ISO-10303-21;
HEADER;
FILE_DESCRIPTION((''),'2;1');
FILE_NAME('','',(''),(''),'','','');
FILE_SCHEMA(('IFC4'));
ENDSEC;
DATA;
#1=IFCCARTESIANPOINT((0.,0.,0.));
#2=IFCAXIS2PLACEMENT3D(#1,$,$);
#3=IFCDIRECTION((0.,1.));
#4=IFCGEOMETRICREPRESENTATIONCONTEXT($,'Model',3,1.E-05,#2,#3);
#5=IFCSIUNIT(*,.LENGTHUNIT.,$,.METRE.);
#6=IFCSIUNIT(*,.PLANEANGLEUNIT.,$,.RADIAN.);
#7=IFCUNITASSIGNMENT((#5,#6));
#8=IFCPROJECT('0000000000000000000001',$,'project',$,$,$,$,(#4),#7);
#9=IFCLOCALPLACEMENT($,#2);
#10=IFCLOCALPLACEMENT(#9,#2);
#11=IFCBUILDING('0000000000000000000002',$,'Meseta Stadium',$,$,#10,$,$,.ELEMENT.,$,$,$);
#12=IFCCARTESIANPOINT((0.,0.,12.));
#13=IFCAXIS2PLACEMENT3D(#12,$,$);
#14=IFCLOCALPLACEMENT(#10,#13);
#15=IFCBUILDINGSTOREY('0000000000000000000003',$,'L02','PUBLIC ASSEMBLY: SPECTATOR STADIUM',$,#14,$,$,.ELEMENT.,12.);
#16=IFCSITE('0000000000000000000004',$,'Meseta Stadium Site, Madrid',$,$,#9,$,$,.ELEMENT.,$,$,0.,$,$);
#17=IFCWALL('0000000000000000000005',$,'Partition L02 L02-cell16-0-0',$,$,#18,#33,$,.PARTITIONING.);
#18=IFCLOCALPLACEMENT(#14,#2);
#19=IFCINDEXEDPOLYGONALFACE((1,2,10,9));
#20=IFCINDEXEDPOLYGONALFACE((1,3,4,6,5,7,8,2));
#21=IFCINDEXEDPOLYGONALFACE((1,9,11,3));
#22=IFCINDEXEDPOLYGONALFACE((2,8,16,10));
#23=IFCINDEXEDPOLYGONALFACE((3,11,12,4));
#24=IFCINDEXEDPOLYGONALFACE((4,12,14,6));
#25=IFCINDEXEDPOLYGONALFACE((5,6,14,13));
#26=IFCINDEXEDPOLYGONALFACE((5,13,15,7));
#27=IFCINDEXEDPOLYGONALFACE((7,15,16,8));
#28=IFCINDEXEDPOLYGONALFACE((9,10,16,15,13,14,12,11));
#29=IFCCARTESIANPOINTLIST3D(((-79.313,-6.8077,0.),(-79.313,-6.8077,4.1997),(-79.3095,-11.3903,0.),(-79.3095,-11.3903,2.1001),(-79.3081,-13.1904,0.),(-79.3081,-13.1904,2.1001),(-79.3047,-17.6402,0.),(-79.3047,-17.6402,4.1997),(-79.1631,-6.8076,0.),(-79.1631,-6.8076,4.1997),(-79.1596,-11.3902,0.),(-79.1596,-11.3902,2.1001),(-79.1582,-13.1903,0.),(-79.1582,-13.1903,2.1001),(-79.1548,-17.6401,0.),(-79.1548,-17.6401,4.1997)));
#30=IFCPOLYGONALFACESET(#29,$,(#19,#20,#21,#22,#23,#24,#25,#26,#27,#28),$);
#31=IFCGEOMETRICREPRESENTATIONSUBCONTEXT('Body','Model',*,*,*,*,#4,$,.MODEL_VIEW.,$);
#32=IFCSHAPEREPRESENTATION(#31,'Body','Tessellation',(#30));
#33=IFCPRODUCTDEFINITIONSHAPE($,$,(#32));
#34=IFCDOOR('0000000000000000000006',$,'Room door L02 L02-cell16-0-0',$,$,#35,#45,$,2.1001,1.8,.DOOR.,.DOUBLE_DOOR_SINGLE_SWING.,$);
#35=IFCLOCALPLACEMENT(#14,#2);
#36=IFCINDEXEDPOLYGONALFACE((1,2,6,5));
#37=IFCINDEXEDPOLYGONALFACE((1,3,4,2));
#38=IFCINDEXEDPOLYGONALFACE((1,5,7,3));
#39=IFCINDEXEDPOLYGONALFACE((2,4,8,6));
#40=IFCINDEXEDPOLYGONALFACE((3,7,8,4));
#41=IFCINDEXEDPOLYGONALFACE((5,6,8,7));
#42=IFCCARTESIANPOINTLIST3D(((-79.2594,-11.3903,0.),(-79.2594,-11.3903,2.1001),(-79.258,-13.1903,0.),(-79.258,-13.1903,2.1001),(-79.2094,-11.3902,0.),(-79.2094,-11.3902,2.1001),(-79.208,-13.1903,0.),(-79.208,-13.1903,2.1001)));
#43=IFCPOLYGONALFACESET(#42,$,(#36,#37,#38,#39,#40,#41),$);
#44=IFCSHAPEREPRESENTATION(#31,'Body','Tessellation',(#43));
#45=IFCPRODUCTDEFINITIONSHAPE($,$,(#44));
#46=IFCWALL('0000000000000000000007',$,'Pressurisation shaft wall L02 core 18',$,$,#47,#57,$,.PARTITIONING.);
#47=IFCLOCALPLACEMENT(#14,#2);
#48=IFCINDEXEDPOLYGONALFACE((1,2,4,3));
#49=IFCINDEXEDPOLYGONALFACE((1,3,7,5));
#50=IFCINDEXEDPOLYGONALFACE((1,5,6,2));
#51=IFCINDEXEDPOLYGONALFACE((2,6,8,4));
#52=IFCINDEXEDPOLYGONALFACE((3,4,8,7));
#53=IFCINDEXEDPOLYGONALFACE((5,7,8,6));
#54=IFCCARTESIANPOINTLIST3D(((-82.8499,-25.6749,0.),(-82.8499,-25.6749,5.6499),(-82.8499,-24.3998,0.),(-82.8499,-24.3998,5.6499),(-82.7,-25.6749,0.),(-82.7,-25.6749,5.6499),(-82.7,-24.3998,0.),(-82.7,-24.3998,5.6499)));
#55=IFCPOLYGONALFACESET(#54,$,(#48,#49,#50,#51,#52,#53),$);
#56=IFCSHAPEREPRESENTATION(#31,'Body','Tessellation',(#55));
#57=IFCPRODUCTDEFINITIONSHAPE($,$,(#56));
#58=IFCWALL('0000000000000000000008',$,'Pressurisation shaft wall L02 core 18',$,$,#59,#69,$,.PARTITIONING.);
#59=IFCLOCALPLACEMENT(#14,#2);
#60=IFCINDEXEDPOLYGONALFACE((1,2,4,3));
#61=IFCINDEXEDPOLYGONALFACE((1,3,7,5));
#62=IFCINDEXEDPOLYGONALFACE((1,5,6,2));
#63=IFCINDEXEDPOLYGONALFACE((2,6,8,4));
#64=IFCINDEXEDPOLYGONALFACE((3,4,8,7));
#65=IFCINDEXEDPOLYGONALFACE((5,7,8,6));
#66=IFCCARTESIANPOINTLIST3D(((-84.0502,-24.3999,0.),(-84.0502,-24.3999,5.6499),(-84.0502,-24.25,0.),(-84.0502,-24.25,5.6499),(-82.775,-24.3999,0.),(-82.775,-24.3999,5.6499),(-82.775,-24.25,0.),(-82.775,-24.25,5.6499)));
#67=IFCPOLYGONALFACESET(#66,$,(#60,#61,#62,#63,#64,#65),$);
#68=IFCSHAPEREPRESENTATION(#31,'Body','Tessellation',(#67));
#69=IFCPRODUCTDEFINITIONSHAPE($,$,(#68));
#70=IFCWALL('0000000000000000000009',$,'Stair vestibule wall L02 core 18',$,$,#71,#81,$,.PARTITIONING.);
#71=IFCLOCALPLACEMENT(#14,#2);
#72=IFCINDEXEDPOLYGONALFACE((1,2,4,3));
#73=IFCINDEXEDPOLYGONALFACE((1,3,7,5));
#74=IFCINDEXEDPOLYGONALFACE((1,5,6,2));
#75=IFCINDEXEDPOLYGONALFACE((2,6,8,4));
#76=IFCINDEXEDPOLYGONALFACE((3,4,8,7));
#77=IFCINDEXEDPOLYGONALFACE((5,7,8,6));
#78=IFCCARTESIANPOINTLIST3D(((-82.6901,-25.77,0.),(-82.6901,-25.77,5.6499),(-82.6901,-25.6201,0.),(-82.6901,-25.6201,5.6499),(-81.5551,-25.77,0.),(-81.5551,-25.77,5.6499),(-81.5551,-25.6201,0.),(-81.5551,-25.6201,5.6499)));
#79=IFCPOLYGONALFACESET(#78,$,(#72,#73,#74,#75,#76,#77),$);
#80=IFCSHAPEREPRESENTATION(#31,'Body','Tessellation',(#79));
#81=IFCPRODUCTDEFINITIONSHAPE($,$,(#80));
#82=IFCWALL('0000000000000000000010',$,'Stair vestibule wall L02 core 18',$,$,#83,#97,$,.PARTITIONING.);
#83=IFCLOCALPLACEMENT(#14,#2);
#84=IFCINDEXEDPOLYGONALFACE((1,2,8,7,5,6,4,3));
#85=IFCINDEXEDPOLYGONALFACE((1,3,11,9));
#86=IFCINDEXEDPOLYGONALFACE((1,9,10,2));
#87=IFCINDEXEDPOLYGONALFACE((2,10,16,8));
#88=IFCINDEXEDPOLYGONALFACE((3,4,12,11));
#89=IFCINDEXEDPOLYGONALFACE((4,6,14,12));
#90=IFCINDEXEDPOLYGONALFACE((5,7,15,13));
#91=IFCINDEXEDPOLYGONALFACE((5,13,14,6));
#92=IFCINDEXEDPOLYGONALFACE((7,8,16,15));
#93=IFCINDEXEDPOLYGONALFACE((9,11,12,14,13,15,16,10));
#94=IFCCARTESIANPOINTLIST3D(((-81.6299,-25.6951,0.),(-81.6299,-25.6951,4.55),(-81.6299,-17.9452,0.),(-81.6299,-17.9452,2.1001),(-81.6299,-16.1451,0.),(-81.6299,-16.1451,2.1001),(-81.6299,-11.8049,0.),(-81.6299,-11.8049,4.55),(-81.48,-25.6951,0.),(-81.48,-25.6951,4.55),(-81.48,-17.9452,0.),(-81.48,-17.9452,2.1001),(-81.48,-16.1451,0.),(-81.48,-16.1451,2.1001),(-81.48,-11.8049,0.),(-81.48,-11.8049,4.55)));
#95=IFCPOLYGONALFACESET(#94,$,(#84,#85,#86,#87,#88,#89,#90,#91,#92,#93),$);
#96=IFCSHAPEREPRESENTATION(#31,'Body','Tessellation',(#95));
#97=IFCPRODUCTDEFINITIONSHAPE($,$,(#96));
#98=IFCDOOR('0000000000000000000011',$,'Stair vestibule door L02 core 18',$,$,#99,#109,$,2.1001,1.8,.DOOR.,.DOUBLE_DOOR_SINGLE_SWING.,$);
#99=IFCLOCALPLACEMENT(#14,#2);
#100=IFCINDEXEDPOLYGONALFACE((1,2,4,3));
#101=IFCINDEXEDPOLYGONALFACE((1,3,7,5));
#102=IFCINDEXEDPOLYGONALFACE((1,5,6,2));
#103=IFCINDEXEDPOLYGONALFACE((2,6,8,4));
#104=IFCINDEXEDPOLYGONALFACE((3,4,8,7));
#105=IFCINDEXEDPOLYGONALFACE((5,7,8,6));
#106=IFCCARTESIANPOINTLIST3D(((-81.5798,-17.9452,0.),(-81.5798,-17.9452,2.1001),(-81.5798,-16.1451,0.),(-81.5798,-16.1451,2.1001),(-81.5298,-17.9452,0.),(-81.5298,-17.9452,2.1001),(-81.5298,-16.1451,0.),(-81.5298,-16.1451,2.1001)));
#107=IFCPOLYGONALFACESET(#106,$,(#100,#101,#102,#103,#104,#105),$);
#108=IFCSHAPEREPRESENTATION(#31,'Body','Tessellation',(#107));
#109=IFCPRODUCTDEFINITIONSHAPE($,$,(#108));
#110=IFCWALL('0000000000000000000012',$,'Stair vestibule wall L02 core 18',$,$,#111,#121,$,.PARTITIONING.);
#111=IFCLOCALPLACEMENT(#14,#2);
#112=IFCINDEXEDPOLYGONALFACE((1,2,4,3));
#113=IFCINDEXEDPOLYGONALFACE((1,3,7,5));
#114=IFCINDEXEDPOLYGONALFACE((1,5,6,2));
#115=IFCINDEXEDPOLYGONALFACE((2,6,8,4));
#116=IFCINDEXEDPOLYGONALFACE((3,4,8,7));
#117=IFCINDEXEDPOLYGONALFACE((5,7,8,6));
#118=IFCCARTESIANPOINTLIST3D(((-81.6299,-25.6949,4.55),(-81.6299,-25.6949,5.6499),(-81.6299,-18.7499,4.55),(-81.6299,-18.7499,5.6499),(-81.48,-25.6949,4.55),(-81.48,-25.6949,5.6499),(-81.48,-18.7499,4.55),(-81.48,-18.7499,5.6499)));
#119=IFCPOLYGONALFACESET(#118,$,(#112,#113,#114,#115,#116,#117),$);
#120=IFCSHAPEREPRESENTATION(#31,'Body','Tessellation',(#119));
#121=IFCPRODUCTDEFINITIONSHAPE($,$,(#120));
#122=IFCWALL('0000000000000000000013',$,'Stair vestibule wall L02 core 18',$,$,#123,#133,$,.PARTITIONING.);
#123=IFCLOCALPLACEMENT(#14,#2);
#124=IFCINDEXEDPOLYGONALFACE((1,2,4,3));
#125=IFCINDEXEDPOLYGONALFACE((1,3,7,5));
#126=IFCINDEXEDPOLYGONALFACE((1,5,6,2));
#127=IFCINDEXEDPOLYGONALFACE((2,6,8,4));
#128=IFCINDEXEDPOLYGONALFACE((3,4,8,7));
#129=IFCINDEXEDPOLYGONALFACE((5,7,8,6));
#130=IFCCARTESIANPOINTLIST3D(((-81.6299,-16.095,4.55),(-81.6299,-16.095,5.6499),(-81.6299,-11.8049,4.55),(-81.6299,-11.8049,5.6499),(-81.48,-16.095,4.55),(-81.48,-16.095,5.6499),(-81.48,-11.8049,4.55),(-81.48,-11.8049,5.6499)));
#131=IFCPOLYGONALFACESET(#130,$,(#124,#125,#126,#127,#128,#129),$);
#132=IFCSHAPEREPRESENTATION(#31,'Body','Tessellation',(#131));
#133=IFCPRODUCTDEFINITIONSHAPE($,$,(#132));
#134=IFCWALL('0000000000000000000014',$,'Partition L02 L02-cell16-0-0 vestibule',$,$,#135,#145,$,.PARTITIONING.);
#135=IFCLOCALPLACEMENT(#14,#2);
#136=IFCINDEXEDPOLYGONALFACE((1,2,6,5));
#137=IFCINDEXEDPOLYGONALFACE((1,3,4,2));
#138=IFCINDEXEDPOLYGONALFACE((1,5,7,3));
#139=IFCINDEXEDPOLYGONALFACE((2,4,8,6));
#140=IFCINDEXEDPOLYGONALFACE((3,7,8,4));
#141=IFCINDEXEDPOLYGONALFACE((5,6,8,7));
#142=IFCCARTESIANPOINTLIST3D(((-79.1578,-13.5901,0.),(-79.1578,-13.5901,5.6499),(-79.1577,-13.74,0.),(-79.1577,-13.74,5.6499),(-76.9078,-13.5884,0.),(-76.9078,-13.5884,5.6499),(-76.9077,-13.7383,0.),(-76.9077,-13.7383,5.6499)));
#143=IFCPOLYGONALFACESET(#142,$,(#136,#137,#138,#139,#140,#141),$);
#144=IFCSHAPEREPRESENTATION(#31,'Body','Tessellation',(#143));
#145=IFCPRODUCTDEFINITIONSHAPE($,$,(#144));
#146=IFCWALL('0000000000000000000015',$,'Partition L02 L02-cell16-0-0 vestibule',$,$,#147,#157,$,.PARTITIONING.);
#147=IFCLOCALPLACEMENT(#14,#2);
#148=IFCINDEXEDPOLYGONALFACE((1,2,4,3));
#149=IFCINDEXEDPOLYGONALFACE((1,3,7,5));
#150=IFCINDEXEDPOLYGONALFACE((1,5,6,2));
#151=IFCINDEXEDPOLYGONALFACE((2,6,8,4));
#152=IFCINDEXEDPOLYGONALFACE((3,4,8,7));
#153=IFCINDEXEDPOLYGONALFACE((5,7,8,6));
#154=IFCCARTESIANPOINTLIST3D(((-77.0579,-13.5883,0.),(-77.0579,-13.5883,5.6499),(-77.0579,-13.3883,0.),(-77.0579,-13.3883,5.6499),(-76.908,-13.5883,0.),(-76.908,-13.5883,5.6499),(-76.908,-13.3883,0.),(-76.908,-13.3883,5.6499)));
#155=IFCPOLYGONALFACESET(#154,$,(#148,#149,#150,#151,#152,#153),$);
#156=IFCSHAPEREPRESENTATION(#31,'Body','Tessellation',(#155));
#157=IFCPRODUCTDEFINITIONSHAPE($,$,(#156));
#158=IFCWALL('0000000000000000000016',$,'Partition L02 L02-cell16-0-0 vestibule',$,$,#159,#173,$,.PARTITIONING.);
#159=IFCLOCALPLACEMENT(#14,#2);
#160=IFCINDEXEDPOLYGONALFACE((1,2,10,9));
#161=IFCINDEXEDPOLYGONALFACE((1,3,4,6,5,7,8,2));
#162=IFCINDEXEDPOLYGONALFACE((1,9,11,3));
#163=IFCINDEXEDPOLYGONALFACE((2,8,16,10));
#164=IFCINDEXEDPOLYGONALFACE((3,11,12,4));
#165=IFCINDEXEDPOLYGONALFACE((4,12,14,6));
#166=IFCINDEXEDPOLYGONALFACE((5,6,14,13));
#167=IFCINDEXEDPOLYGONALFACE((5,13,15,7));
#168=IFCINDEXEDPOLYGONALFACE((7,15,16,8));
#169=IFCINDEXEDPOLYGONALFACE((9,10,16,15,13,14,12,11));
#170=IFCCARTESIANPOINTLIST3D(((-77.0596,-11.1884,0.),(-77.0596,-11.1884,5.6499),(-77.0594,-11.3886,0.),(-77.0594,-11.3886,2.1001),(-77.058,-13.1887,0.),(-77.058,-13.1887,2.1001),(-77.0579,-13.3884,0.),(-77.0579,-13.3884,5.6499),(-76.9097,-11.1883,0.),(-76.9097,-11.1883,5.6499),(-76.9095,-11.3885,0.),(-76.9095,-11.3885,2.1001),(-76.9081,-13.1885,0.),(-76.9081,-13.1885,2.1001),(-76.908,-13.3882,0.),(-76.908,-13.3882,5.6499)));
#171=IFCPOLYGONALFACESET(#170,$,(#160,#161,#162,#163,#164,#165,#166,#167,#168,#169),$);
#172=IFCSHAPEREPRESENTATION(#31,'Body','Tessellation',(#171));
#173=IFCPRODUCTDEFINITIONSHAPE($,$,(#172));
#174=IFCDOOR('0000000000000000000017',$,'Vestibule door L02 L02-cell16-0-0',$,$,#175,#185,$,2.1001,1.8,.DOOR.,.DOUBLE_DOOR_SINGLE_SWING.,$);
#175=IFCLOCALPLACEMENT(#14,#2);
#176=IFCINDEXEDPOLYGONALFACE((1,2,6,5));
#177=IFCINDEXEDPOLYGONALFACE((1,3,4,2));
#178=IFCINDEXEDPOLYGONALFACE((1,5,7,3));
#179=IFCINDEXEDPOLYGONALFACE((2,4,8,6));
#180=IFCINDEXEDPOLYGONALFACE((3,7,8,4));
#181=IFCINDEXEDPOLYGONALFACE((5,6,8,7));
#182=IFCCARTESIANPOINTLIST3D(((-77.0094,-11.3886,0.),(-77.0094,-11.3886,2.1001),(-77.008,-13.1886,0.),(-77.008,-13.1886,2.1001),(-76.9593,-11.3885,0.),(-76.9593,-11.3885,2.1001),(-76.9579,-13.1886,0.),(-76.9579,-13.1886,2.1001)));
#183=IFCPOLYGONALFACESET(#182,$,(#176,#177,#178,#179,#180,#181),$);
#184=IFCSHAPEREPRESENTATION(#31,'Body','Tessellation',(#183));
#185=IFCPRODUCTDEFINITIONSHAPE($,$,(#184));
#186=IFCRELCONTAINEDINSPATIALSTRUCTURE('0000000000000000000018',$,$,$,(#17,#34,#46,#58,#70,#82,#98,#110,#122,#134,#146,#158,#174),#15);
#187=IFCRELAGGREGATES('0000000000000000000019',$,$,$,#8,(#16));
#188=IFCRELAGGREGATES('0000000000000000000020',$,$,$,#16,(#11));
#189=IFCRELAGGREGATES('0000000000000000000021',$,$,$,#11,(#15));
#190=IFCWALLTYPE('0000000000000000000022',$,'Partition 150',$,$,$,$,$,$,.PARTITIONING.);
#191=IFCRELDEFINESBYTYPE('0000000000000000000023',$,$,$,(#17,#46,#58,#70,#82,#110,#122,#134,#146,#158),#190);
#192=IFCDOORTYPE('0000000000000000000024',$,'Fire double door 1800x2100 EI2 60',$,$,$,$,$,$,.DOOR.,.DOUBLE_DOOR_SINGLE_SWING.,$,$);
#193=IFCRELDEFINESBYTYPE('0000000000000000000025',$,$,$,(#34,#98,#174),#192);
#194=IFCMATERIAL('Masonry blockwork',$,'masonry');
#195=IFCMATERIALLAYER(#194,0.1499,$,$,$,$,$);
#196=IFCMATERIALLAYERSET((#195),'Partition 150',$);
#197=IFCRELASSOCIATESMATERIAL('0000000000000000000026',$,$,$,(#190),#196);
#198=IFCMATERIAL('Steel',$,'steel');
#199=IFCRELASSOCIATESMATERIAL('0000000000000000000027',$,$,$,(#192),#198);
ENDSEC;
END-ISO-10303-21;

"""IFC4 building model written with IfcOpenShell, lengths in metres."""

from ifc_helpers import new_model, si_unit, direction, frame, frame_2d, origin, place, context, subcontext, project, spatial, rectangle, extrude, material, layer, layer_set, type_object, element, fill, save


model = new_model("IFC4")

# Units and contexts
model_context = context("Model", 3, precision=1e-05, world=origin(), true_north=direction((0.0, 1.0)))
body_context = subcontext(model_context, "Body", "Model", "MODEL_VIEW")
ifc_project = project(units=[si_unit("LENGTHUNIT", "METRE"), si_unit("PLANEANGLEUNIT", "RADIAN")], contexts=[model_context])

# Site, building, storey
site_placement = place(None, origin())
site = spatial("IfcSite", under=ifc_project, at=site_placement, Name="Meseta Stadium Site, Madrid", CompositionType="ELEMENT", RefElevation=0.0)
building_placement = place(site_placement, origin())
building = spatial("IfcBuilding", under=site, at=building_placement, Name="Meseta Stadium", CompositionType="ELEMENT")
storey_placement = place(building_placement, frame((0.0, 0.0, 12.0)))
storey = spatial("IfcBuildingStorey", under=building, at=storey_placement, Name="L02", Description="PUBLIC ASSEMBLY: SPECTATOR STADIUM", CompositionType="ELEMENT", Elevation=12.0)

# Wall, opening, door
ifc_material_1 = material(Name="Masonry blockwork", Category="masonry")
ifc_layer_1 = layer(ifc_material_1, 0.1499)
ifc_layer_set_1 = layer_set([ifc_layer_1], Name="Partition 150")
wall_type = type_object("IfcWallType", Name="Partition 150", PredefinedType="PARTITIONING", material=ifc_layer_set_1)
wall_1_placement = place(storey_placement, frame((-79.2297, -17.6401, 0.0), z_axis=(0.0, 0.0, 1.0), x_axis=(-0.000766, 1.0, 0.0)))
wall_1 = element("IfcWall", 1, at=wall_1_placement, inside=storey, type_object=wall_type, Name="Partition L02 L02-cell16-0-0", PredefinedType="PARTITIONING", context=body_context, shape_type="SweptSolid", body=[
    extrude(rectangle(XDim=10.8325, YDim=0.1499, at=frame_2d((5.4163, 0.0))), origin(), (0.0, 0.0, 1.0), 4.1997),
])
opening_1_placement = place(wall_1_placement, frame((4.45, 0.0, 0.0)))
opening_1 = element("IfcOpeningElement", 2, at=opening_1_placement, cuts=wall_1, PredefinedType="OPENING", context=body_context, shape_type="SweptSolid", body=[
    extrude(rectangle(XDim=1.8, YDim=2.1001, at=frame_2d((0.8999, 1.05))), frame((0.0, 0.085, 0.0), z_axis=(0.0, -1.0, 0.0), x_axis=(1.0, 0.0, 0.0)), (0.0, 0.0, 1.0), 0.1699),
])
ifc_material_2 = material(Name="Steel", Category="steel")
door_type = type_object("IfcDoorType", Name="Fire double door 1800x2100 EI2 60", OperationType="DOUBLE_DOOR_SINGLE_SWING", PredefinedType="DOOR", material=ifc_material_2)
door_1_placement = place(opening_1_placement, origin())
door_1 = element("IfcDoor", 3, at=door_1_placement, inside=storey, type_object=door_type, Name="Room door L02 L02-cell16-0-0", OperationType="DOUBLE_DOOR_SINGLE_SWING", OverallHeight=2.1001, OverallWidth=1.8, PredefinedType="DOOR", context=body_context, shape_type="SweptSolid", body=[
    extrude(rectangle(XDim=1.8, YDim=2.1001, at=frame_2d((0.8999, 1.05))), frame((0.0, 0.0249, 0.0), z_axis=(0.0, -1.0, 0.0), x_axis=(1.0, 0.0, 0.0)), (0.0, 0.0, 1.0), 0.05),
])
fill(opening_1, door_1)

# Walls
for number, where, z_axis, x_axis, name in (
    (4, (-82.7749, -25.675, 0.0), (0.0, 0.0, 1.0), (0.0, 1.0, 0.0), "Pressurisation shaft wall L02 core 18"),
    (5, (-82.7749, -24.325, 0.0), (0.0, 0.0, 1.0), (-1.0, 0.0, 0.0), "Pressurisation shaft wall L02 core 18"),
):
    element("IfcWall", number, at=place(storey_placement, frame(where, z_axis=z_axis, x_axis=x_axis)), inside=storey, type_object=wall_type, Name=name, PredefinedType="PARTITIONING", context=body_context, shape_type="SweptSolid", body=[
        extrude(rectangle(XDim=1.2751, YDim=0.1499, at=frame_2d((0.6377, 0.0))), origin(), (0.0, 0.0, 1.0), 5.6499),
    ])
wall_2_placement = place(storey_placement, frame((-82.6899, -25.6951, 0.0), z_axis=(0.0, 0.0, 1.0), x_axis=(1.0, 0.0, 0.0)))
element("IfcWall", 6, at=wall_2_placement, inside=storey, type_object=wall_type, Name="Stair vestibule wall L02 core 18", PredefinedType="PARTITIONING", context=body_context, shape_type="SweptSolid", body=[
    extrude(rectangle(XDim=1.135, YDim=0.1499, at=frame_2d((0.5674, 0.0))), origin(), (0.0, 0.0, 1.0), 5.6499),
])

# Wall, opening, door
wall_3_placement = place(storey_placement, frame((-81.5549, -25.6951, 0.0), z_axis=(0.0, 0.0, 1.0), x_axis=(0.0, 1.0, 0.0)))
wall_3 = element("IfcWall", 7, at=wall_3_placement, inside=storey, type_object=wall_type, Name="Stair vestibule wall L02 core 18", PredefinedType="PARTITIONING", context=body_context, shape_type="SweptSolid", body=[
    extrude(rectangle(XDim=13.8901, YDim=0.1499, at=frame_2d((6.9451, 0.0))), origin(), (0.0, 0.0, 1.0), 4.55),
])
opening_2_placement = place(wall_3_placement, frame((7.75, 0.0, 0.0)))
opening_2 = element("IfcOpeningElement", 8, at=opening_2_placement, cuts=wall_3, PredefinedType="OPENING", context=body_context, shape_type="SweptSolid", body=[
    extrude(rectangle(XDim=1.8, YDim=2.1001, at=frame_2d((0.8999, 1.05))), frame((0.0, 0.085, 0.0), z_axis=(0.0, -1.0, 0.0), x_axis=(1.0, 0.0, 0.0)), (0.0, 0.0, 1.0), 0.1699),
])
door_2_placement = place(opening_2_placement, origin())
door_2 = element("IfcDoor", 9, at=door_2_placement, inside=storey, type_object=door_type, Name="Stair vestibule door L02 core 18", OperationType="DOUBLE_DOOR_SINGLE_SWING", OverallHeight=2.1001, OverallWidth=1.8, PredefinedType="DOOR", context=body_context, shape_type="SweptSolid", body=[
    extrude(rectangle(XDim=1.8, YDim=2.1001, at=frame_2d((0.8999, 1.05))), frame((0.0, 0.0249, 0.0), z_axis=(0.0, -1.0, 0.0), x_axis=(1.0, 0.0, 0.0)), (0.0, 0.0, 1.0), 0.05),
])
fill(opening_2, door_2)

# Walls
wall_4_placement = place(storey_placement, frame((-81.5549, -25.6951, 4.55), z_axis=(0.0, 0.0, 1.0), x_axis=(0.0, 1.0, 0.0)))
element("IfcWall", 10, at=wall_4_placement, inside=storey, type_object=wall_type, Name="Stair vestibule wall L02 core 18", PredefinedType="PARTITIONING", context=body_context, shape_type="SweptSolid", body=[
    extrude(rectangle(XDim=6.9451, YDim=0.1499, at=frame_2d((3.4727, 0.0))), origin(), (0.0, 0.0, 1.0), 1.0999),
])
wall_5_placement = place(storey_placement, frame((-81.5549, -16.095, 4.55), z_axis=(0.0, 0.0, 1.0), x_axis=(0.0, 1.0, 0.0)))
element("IfcWall", 11, at=wall_5_placement, inside=storey, type_object=wall_type, Name="Stair vestibule wall L02 core 18", PredefinedType="PARTITIONING", context=body_context, shape_type="SweptSolid", body=[
    extrude(rectangle(XDim=4.29, YDim=0.1499, at=frame_2d((2.145, 0.0))), origin(), (0.0, 0.0, 1.0), 1.0999),
])
wall_6_placement = place(storey_placement, frame((-79.1577, -13.665, 0.0), z_axis=(0.0, 0.0, 1.0), x_axis=(1.0, 0.00076, 0.0)))
element("IfcWall", 12, at=wall_6_placement, inside=storey, type_object=wall_type, Name="Partition L02 L02-cell16-0-0 vestibule", PredefinedType="PARTITIONING", context=body_context, shape_type="SweptSolid", body=[
    extrude(rectangle(XDim=2.25, YDim=0.1499, at=frame_2d((1.125, 0.0))), origin(), (0.0, 0.0, 1.0), 5.6499),
])
wall_7_placement = place(storey_placement, frame((-76.9829, -13.5884, 0.0), z_axis=(0.0, 0.0, 1.0), x_axis=(0.0, 1.0, 0.0)))
element("IfcWall", 13, at=wall_7_placement, inside=storey, type_object=wall_type, Name="Partition L02 L02-cell16-0-0 vestibule", PredefinedType="PARTITIONING", context=body_context, shape_type="SweptSolid", body=[
    extrude(rectangle(XDim=0.2, YDim=0.1499, at=frame_2d((0.1001, 0.0))), origin(), (0.0, 0.0, 1.0), 5.6499),
])

# Wall, opening, door
wall_8_placement = place(storey_placement, frame((-76.9829, -13.3884, 0.0), z_axis=(0.0, 0.0, 1.0), x_axis=(-0.000777, 1.0, 0.0)))
wall_8 = element("IfcWall", 14, at=wall_8_placement, inside=storey, type_object=wall_type, Name="Partition L02 L02-cell16-0-0 vestibule", PredefinedType="PARTITIONING", context=body_context, shape_type="SweptSolid", body=[
    extrude(rectangle(XDim=2.2, YDim=0.1499, at=frame_2d((1.1001, 0.0))), origin(), (0.0, 0.0, 1.0), 5.6499),
])
opening_3_placement = place(wall_8_placement, frame((0.2, 0.0, 0.0)))
opening_3 = element("IfcOpeningElement", 15, at=opening_3_placement, cuts=wall_8, PredefinedType="OPENING", context=body_context, shape_type="SweptSolid", body=[
    extrude(rectangle(XDim=1.8, YDim=2.1001, at=frame_2d((0.8999, 1.05))), frame((0.0, 0.085, 0.0), z_axis=(0.0, -1.0, 0.0), x_axis=(1.0, 0.0, 0.0)), (0.0, 0.0, 1.0), 0.1699),
])
door_3_placement = place(opening_3_placement, origin())
door_3 = element("IfcDoor", 16, at=door_3_placement, inside=storey, type_object=door_type, Name="Vestibule door L02 L02-cell16-0-0", OperationType="DOUBLE_DOOR_SINGLE_SWING", OverallHeight=2.1001, OverallWidth=1.8, PredefinedType="DOOR", context=body_context, shape_type="SweptSolid", body=[
    extrude(rectangle(XDim=1.8, YDim=2.1001, at=frame_2d((0.8999, 1.05))), frame((0.0, 0.0249, 0.0), z_axis=(0.0, -1.0, 0.0), x_axis=(1.0, 0.0, 0.0)), (0.0, 0.0, 1.0), 0.05),
])
fill(opening_3, door_3)

save(model, "model.ifc")
